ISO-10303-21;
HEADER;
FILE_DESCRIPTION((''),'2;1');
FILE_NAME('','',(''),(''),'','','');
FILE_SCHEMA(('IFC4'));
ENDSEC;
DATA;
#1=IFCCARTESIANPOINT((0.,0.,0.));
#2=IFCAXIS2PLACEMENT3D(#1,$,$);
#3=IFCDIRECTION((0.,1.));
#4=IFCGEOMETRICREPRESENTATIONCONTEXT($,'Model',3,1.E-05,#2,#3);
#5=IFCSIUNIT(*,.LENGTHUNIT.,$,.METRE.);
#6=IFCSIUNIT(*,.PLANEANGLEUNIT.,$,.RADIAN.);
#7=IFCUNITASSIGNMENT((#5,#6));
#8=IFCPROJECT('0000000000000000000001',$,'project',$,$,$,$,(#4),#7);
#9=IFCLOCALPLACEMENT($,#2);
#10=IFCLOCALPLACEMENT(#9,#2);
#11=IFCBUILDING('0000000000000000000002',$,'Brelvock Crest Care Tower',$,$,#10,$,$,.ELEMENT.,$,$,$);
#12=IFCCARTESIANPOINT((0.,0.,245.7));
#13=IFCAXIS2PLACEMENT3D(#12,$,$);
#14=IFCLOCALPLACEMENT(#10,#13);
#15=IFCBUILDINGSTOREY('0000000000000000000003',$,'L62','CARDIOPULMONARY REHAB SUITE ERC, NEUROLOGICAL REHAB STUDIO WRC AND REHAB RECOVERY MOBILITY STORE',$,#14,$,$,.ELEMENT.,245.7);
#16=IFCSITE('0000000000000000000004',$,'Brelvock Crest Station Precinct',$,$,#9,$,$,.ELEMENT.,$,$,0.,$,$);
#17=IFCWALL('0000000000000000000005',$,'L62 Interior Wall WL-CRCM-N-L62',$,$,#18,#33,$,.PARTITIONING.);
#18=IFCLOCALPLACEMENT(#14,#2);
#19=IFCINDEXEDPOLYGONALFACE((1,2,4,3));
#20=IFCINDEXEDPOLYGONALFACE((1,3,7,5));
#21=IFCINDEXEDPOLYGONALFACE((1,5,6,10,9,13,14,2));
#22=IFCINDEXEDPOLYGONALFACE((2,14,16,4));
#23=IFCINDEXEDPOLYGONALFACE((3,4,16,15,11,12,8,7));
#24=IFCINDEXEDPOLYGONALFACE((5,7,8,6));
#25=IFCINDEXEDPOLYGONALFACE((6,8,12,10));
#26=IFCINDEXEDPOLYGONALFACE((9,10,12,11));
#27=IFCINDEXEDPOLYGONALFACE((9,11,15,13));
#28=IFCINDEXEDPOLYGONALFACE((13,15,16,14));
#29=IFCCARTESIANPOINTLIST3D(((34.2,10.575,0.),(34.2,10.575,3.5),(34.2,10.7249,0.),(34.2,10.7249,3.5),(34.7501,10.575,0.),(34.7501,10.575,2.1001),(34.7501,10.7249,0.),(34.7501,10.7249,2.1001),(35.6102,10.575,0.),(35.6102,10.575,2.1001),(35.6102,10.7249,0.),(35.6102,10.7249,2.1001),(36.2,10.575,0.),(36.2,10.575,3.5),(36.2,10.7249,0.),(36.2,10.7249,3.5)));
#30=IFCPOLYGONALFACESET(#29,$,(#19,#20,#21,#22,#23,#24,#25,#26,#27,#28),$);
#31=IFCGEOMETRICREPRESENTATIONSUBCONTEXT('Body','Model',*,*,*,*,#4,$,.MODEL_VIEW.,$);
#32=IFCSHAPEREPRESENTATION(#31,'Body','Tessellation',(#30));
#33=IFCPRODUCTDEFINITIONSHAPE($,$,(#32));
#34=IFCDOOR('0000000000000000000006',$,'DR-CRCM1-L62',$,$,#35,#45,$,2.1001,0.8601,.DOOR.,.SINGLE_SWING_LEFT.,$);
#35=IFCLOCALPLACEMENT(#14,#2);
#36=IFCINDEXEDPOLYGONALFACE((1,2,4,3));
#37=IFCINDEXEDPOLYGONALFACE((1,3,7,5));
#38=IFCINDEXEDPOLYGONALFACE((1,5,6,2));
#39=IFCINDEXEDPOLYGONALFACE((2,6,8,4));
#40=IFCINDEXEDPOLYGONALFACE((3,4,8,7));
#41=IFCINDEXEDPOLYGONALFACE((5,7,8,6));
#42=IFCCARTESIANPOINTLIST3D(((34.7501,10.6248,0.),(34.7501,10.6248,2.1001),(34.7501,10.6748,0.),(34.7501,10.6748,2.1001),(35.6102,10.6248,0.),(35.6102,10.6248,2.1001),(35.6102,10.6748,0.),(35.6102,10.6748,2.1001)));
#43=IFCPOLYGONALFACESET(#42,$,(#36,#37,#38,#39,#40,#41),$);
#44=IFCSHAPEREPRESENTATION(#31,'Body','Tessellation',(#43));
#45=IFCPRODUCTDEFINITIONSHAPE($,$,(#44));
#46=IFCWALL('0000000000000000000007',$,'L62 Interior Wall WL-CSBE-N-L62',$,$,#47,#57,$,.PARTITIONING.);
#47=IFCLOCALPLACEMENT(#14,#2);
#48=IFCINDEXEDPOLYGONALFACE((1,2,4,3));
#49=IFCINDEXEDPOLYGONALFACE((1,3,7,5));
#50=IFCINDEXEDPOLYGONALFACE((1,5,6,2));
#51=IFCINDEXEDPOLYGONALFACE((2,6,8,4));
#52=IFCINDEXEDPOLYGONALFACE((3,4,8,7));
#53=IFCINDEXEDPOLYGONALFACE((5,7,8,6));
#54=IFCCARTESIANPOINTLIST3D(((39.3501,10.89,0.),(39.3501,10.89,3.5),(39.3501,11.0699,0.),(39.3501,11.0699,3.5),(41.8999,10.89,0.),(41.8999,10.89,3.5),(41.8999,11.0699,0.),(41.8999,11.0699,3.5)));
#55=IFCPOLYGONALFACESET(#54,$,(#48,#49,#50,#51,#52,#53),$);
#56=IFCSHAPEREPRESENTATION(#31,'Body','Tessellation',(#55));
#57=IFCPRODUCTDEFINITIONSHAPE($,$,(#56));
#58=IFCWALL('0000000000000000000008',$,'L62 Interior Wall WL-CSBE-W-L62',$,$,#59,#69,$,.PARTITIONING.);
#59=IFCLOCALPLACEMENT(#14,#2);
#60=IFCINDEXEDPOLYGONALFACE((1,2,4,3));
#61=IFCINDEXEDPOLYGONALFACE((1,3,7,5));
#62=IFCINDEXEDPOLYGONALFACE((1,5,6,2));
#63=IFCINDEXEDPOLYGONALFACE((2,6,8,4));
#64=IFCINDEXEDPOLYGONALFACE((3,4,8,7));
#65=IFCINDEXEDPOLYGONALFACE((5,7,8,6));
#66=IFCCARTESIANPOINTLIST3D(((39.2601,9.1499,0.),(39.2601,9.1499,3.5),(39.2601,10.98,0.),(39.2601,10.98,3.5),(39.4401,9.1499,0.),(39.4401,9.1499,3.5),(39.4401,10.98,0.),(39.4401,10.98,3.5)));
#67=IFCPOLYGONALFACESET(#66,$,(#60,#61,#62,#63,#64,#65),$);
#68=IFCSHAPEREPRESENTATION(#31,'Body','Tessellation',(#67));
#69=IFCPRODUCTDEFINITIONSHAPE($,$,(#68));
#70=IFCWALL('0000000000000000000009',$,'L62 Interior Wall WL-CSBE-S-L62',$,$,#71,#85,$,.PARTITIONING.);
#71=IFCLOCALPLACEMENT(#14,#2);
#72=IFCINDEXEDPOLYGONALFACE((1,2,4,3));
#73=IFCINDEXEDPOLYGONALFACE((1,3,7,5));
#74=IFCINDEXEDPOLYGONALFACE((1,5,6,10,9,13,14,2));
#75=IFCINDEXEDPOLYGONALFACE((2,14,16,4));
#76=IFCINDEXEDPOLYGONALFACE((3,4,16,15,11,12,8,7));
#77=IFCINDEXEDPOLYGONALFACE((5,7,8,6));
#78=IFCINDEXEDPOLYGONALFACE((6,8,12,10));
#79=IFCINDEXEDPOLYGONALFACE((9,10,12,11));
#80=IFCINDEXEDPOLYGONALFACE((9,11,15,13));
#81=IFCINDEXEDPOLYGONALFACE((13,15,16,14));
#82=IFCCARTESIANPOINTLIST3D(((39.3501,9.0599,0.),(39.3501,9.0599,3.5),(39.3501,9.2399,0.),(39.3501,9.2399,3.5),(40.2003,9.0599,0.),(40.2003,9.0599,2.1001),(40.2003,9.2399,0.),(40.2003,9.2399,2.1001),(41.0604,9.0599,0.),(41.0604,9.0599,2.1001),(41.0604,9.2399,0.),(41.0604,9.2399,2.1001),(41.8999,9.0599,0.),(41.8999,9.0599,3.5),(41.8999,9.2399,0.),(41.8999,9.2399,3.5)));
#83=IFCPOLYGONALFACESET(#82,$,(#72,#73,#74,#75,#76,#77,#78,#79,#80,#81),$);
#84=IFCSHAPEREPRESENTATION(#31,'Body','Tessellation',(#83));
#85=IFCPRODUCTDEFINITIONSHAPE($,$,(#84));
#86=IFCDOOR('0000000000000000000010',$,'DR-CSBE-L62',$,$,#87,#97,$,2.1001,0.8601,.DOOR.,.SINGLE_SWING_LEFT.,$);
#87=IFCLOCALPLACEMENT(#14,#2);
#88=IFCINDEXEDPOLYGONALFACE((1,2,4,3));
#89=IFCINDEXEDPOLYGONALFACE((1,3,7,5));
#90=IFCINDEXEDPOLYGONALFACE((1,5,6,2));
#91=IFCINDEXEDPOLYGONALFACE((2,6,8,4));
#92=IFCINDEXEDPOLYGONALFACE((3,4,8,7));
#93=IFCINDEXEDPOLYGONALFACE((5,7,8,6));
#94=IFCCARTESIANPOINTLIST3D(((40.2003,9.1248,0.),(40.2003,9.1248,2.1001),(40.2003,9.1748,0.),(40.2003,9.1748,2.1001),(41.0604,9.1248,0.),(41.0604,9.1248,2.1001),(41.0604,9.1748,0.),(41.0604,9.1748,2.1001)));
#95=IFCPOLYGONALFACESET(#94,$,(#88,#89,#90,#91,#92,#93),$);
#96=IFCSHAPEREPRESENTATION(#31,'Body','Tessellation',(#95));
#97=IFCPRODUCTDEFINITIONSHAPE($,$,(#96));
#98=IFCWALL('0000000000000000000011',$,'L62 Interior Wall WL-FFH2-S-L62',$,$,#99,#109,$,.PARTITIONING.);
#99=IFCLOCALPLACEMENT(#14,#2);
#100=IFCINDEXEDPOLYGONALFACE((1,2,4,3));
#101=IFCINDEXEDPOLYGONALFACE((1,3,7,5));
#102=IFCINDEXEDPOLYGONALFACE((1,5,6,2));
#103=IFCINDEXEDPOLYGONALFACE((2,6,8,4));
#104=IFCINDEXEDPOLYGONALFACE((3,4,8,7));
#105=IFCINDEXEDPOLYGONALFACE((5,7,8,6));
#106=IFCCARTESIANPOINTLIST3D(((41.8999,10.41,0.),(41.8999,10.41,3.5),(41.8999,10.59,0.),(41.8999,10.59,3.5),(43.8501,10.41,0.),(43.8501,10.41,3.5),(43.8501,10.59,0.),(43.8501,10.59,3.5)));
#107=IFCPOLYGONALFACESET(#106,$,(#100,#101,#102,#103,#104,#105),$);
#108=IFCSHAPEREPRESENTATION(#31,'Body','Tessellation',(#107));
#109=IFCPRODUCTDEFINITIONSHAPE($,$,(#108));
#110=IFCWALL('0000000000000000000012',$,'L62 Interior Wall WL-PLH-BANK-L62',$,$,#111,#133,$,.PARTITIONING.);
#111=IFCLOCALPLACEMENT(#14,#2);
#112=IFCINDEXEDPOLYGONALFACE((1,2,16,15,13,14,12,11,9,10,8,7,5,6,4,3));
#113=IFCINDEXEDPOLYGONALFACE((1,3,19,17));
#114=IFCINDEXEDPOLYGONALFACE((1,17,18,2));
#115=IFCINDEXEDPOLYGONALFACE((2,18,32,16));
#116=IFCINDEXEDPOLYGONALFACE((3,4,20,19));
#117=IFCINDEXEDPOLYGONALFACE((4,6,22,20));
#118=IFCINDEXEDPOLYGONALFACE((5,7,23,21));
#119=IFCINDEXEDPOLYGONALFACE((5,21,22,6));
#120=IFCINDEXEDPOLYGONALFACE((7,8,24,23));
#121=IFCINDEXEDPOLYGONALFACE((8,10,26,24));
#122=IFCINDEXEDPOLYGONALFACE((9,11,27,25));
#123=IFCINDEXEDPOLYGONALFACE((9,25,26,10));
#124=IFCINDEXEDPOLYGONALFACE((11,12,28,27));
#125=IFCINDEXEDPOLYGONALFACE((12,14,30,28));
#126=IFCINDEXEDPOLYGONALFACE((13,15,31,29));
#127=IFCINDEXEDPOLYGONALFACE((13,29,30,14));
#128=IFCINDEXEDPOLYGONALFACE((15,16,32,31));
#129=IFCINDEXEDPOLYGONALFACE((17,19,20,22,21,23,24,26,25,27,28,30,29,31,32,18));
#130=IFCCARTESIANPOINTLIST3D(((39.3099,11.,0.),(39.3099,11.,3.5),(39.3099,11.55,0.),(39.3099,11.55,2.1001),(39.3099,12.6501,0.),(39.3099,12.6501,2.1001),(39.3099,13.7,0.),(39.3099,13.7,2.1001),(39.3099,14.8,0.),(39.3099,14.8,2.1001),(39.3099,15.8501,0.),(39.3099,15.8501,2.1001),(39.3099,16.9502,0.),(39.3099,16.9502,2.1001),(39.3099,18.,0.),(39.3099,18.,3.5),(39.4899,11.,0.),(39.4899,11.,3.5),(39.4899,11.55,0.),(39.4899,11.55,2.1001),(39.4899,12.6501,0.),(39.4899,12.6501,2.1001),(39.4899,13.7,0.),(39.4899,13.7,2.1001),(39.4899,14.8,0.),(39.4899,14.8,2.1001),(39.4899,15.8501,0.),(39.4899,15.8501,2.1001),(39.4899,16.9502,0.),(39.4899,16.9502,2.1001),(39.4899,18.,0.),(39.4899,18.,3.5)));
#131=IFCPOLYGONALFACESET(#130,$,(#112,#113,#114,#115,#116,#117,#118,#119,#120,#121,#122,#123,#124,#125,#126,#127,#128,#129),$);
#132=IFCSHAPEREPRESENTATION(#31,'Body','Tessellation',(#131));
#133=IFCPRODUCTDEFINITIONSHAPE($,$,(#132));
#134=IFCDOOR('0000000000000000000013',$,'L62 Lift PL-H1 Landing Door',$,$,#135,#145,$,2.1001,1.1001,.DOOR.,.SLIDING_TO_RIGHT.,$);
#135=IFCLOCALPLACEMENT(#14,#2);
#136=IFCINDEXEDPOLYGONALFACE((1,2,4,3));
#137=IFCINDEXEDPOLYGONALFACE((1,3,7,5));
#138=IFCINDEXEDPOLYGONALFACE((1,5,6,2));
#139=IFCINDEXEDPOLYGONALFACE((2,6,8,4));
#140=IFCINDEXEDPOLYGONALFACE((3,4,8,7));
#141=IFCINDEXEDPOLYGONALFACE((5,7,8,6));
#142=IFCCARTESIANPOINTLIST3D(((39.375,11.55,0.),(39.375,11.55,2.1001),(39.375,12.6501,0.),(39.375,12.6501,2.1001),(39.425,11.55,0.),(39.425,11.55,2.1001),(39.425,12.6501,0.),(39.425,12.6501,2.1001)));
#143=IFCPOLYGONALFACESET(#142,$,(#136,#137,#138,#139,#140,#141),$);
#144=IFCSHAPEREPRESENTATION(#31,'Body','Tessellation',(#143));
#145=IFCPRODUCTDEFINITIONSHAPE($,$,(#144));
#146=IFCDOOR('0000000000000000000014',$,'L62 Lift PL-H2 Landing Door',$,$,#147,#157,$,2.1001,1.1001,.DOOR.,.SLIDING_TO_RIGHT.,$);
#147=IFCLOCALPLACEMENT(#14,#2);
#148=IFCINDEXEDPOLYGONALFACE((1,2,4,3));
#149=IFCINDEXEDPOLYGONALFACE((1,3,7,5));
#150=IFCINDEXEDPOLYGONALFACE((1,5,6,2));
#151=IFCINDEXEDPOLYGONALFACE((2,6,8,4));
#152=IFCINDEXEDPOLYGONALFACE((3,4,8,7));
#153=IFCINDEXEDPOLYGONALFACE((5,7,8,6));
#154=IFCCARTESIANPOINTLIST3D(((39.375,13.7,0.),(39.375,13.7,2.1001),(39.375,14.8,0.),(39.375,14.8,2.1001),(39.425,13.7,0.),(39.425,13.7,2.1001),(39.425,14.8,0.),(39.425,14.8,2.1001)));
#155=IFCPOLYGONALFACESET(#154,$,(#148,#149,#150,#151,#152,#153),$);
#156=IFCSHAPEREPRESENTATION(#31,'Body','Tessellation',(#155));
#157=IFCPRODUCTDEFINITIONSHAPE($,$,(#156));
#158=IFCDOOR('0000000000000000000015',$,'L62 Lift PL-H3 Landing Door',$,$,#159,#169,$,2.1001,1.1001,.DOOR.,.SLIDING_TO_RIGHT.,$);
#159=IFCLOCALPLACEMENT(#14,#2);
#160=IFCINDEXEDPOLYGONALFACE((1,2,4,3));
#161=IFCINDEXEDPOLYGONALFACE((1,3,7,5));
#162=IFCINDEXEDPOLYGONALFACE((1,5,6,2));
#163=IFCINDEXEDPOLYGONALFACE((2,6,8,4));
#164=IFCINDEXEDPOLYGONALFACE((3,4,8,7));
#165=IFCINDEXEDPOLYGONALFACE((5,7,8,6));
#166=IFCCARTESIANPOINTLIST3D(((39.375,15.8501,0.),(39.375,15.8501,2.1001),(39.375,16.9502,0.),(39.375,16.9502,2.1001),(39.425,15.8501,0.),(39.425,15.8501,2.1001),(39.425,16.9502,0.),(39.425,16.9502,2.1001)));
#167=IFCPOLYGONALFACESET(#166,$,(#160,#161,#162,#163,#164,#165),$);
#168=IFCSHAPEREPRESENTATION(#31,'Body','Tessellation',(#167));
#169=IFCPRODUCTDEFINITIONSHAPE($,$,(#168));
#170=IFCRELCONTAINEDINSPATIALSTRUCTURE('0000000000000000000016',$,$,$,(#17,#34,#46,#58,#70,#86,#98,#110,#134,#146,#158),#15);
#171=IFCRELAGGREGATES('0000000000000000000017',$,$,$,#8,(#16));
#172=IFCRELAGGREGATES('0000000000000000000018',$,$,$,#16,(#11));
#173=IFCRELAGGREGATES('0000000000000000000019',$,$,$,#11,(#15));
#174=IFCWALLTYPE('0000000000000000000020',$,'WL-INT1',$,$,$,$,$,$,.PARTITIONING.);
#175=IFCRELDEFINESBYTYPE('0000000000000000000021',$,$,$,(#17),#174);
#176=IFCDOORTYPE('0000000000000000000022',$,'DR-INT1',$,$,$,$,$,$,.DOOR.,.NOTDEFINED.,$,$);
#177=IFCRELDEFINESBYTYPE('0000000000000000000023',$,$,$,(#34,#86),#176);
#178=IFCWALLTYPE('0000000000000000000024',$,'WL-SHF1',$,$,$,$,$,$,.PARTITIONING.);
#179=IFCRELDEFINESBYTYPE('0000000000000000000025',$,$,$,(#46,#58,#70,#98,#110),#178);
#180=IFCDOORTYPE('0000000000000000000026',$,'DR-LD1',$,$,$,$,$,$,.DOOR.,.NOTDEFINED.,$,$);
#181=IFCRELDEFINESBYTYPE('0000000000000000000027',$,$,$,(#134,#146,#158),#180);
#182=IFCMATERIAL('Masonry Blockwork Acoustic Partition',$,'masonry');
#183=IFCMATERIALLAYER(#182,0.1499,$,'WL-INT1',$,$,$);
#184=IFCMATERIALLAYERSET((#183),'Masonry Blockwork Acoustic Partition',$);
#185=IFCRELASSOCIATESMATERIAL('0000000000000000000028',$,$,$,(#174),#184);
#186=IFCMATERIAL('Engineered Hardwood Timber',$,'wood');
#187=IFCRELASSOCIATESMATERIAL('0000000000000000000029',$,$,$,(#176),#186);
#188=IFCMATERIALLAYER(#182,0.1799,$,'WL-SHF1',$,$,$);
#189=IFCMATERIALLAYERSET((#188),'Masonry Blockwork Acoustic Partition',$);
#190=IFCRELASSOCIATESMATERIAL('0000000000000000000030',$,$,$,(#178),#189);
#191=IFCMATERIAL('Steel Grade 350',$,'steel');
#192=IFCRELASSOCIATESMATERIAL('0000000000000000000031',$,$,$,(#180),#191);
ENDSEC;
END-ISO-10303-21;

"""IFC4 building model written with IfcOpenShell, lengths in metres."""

from ifc_helpers import new_model, si_unit, direction, frame, frame_2d, origin, origin_2d, place, context, subcontext, project, spatial, rectangle, extrude, source, transform, mapped, material, layer, layer_set, type_object, element, fill, save


model = new_model("IFC4")

# Units and contexts
model_context = context("Model", 3, precision=1e-05, world=origin(), true_north=direction((0.0, 1.0)))
body_context = subcontext(model_context, "Body", "Model", "MODEL_VIEW")
ifc_project = project(units=[si_unit("LENGTHUNIT", "METRE"), si_unit("PLANEANGLEUNIT", "RADIAN")], contexts=[model_context])

# Site, building, storey
site_placement = place(None, origin())
site = spatial("IfcSite", under=ifc_project, at=site_placement, Name="Brelvock Crest Station Precinct", CompositionType="ELEMENT", RefElevation=0.0)
building_placement = place(site_placement, origin())
building = spatial("IfcBuilding", under=site, at=building_placement, Name="Brelvock Crest Care Tower", CompositionType="ELEMENT")
storey_placement = place(building_placement, frame((0.0, 0.0, 245.7)))
storey = spatial("IfcBuildingStorey", under=building, at=storey_placement, Name="L62", Description="CARDIOPULMONARY REHAB SUITE ERC, NEUROLOGICAL REHAB STUDIO WRC AND REHAB RECOVERY MOBILITY STORE", CompositionType="ELEMENT", Elevation=245.7)

# Shared definitions
ifc_material_1 = material(Name="Steel Grade 350", Category="steel")

# Shared definitions
ifc_material_2 = material(Name="Masonry Blockwork Acoustic Partition", Category="masonry")
ifc_layer_1 = layer(ifc_material_2, 0.1499, Name="WL-INT1")
ifc_layer_set_1 = layer_set([ifc_layer_1], Name="Masonry Blockwork Acoustic Partition")
wall_type_1 = type_object("IfcWallType", Name="WL-INT1", PredefinedType="PARTITIONING", material=ifc_layer_set_1)

# Wall, opening, door
wall_1_placement = place(storey_placement, frame((34.2, 10.6499, 0.0), z_axis=(0.0, 0.0, 1.0), x_axis=(1.0, 0.0, 0.0)))
wall_1 = element("IfcWall", 1, at=wall_1_placement, inside=storey, type_object=wall_type_1, Name="L62 Interior Wall WL-CRCM-N-L62", PredefinedType="PARTITIONING", context=body_context, shape_type="SweptSolid", body=[
    extrude(rectangle(XDim=2.0, YDim=0.1499, at=frame_2d((1.0, 0.0))), origin(), (0.0, 0.0, 1.0), 3.5),
])
opening_1_placement = place(wall_1_placement, frame((0.55, 0.0, 0.0)))
opening_1 = element("IfcOpeningElement", 2, at=opening_1_placement, cuts=wall_1, PredefinedType="OPENING", context=body_context, shape_type="SweptSolid", body=[
    extrude(rectangle(XDim=0.8601, YDim=2.1001, at=origin_2d()), frame((0.4302, 0.085, 1.05), z_axis=(0.0, -1.0, 0.0), x_axis=(1.0, 0.0, 0.0)), (0.0, 0.0, 1.0), 0.1699),
])
ifc_material_3 = material(Name="Engineered Hardwood Timber", Category="wood")
door_type_1 = type_object("IfcDoorType", Name="DR-INT1", OperationType="NOTDEFINED", PredefinedType="DOOR", material=ifc_material_3)
shared_shape_1 = source(origin(), body_context, "Body", "SweptSolid", [
    extrude(rectangle(XDim=0.8601, YDim=2.1001, at=origin_2d()), frame((0.4302, 0.0249, 1.05), z_axis=(0.0, -1.0, 0.0), x_axis=(1.0, 0.0, 0.0)), (0.0, 0.0, 1.0), 0.05),
])
door_1_placement = place(opening_1_placement, origin())
door_1 = element("IfcDoor", 3, at=door_1_placement, inside=storey, type_object=door_type_1, Name="DR-CRCM1-L62", OperationType="SINGLE_SWING_LEFT", OverallHeight=2.1001, OverallWidth=0.8601, PredefinedType="DOOR", context=body_context, shape_type="MappedRepresentation", body=[
    mapped(shared_shape_1, transform((0.0, 0.0, 0.0), x_axis=(1.0, 0.0, 0.0), y_axis=(0.0, 1.0, 0.0), z_axis=(0.0, 0.0, 1.0), scale=1.0)),
])
fill(opening_1, door_1)

# Walls
ifc_layer_2 = layer(ifc_material_2, 0.1799, Name="WL-SHF1")
ifc_layer_set_2 = layer_set([ifc_layer_2], Name="Masonry Blockwork Acoustic Partition")
wall_type_2 = type_object("IfcWallType", Name="WL-SHF1", PredefinedType="PARTITIONING", material=ifc_layer_set_2)
wall_2_placement = place(storey_placement, frame((39.3501, 10.98, 0.0), z_axis=(0.0, 0.0, 1.0), x_axis=(1.0, 0.0, 0.0)))
element("IfcWall", 4, at=wall_2_placement, inside=storey, type_object=wall_type_2, Name="L62 Interior Wall WL-CSBE-N-L62", PredefinedType="PARTITIONING", context=body_context, shape_type="SweptSolid", body=[
    extrude(rectangle(XDim=2.5498, YDim=0.1799, at=frame_2d((1.2749, 0.0))), origin(), (0.0, 0.0, 1.0), 3.5),
])
wall_3_placement = place(storey_placement, frame((39.3501, 9.1499, 0.0), z_axis=(0.0, 0.0, 1.0), x_axis=(0.0, 1.0, 0.0)))
element("IfcWall", 5, at=wall_3_placement, inside=storey, type_object=wall_type_2, Name="L62 Interior Wall WL-CSBE-W-L62", PredefinedType="PARTITIONING", context=body_context, shape_type="SweptSolid", body=[
    extrude(rectangle(XDim=1.8301, YDim=0.1799, at=frame_2d((0.915, 0.0))), origin(), (0.0, 0.0, 1.0), 3.5),
])

# Wall, opening, door
wall_4_placement = place(storey_placement, frame((39.3501, 9.1499, 0.0), z_axis=(0.0, 0.0, 1.0), x_axis=(1.0, 0.0, 0.0)))
wall_4 = element("IfcWall", 6, at=wall_4_placement, inside=storey, type_object=wall_type_2, Name="L62 Interior Wall WL-CSBE-S-L62", PredefinedType="PARTITIONING", context=body_context, shape_type="SweptSolid", body=[
    extrude(rectangle(XDim=2.5498, YDim=0.1799, at=frame_2d((1.2749, 0.0))), origin(), (0.0, 0.0, 1.0), 3.5),
])
opening_2_placement = place(wall_4_placement, frame((0.8501, 0.0, 0.0)))
opening_2 = element("IfcOpeningElement", 7, at=opening_2_placement, cuts=wall_4, PredefinedType="OPENING", context=body_context, shape_type="SweptSolid", body=[
    extrude(rectangle(XDim=0.8601, YDim=2.1001, at=origin_2d()), frame((0.4302, 0.1001, 1.05), z_axis=(0.0, -1.0, 0.0), x_axis=(1.0, 0.0, 0.0)), (0.0, 0.0, 1.0), 0.2),
])
door_2_placement = place(opening_2_placement, origin())
door_2 = element("IfcDoor", 8, at=door_2_placement, inside=storey, type_object=door_type_1, Name="DR-CSBE-L62", OperationType="SINGLE_SWING_LEFT", OverallHeight=2.1001, OverallWidth=0.8601, PredefinedType="DOOR", context=body_context, shape_type="MappedRepresentation", body=[
    mapped(shared_shape_1, transform((0.0, 0.0, 0.0), x_axis=(1.0, 0.0, 0.0), y_axis=(0.0, 1.0, 0.0), z_axis=(0.0, 0.0, 1.0), scale=1.0)),
])
fill(opening_2, door_2)

# Wall
wall_5_placement = place(storey_placement, frame((41.8999, 10.5, 0.0), z_axis=(0.0, 0.0, 1.0), x_axis=(1.0, 0.0, 0.0)))
element("IfcWall", 9, at=wall_5_placement, inside=storey, type_object=wall_type_2, Name="L62 Interior Wall WL-FFH2-S-L62", PredefinedType="PARTITIONING", context=body_context, shape_type="SweptSolid", body=[
    extrude(rectangle(XDim=1.9502, YDim=0.1799, at=frame_2d((0.9751, 0.0))), origin(), (0.0, 0.0, 1.0), 3.5),
])

# Wall, openings, doors
wall_6_placement = place(storey_placement, frame((39.3999, 11.0, 0.0), z_axis=(0.0, 0.0, 1.0), x_axis=(0.0, 1.0, 0.0)))
wall_6 = element("IfcWall", 10, at=wall_6_placement, inside=storey, type_object=wall_type_2, Name="L62 Interior Wall WL-PLH-BANK-L62", PredefinedType="PARTITIONING", context=body_context, shape_type="SweptSolid", body=[
    extrude(rectangle(XDim=7.0, YDim=0.1799, at=frame_2d((3.5, 0.0))), origin(), (0.0, 0.0, 1.0), 3.5),
])
opening_3_placement = place(wall_6_placement, frame((0.55, 0.0, 0.0)))
opening_3 = element("IfcOpeningElement", 11, at=opening_3_placement, cuts=wall_6, PredefinedType="OPENING", context=body_context, shape_type="SweptSolid", body=[
    extrude(rectangle(XDim=1.1001, YDim=2.1001, at=origin_2d()), frame((0.55, 0.1001, 1.05), z_axis=(0.0, -1.0, 0.0), x_axis=(1.0, 0.0, 0.0)), (0.0, 0.0, 1.0), 0.2),
])
opening_4_placement = place(wall_6_placement, frame((2.7, 0.0, 0.0)))
opening_4 = element("IfcOpeningElement", 12, at=opening_4_placement, cuts=wall_6, PredefinedType="OPENING", context=body_context, shape_type="SweptSolid", body=[
    extrude(rectangle(XDim=1.1001, YDim=2.1001, at=origin_2d()), frame((0.55, 0.1001, 1.05), z_axis=(0.0, -1.0, 0.0), x_axis=(1.0, 0.0, 0.0)), (0.0, 0.0, 1.0), 0.2),
])
opening_5_placement = place(wall_6_placement, frame((4.8501, 0.0, 0.0)))
opening_5 = element("IfcOpeningElement", 13, at=opening_5_placement, cuts=wall_6, PredefinedType="OPENING", context=body_context, shape_type="SweptSolid", body=[
    extrude(rectangle(XDim=1.1001, YDim=2.1001, at=origin_2d()), frame((0.55, 0.1001, 1.05), z_axis=(0.0, -1.0, 0.0), x_axis=(1.0, 0.0, 0.0)), (0.0, 0.0, 1.0), 0.2),
])
door_type_2 = type_object("IfcDoorType", Name="DR-LD1", OperationType="NOTDEFINED", PredefinedType="DOOR", material=ifc_material_1)
shared_shape_2 = source(origin(), body_context, "Body", "SweptSolid", [
    extrude(rectangle(XDim=1.1001, YDim=2.1001, at=origin_2d()), frame((0.55, 0.0249, 1.05), z_axis=(0.0, -1.0, 0.0), x_axis=(1.0, 0.0, 0.0)), (0.0, 0.0, 1.0), 0.05),
])
door_3_placement = place(opening_3_placement, origin())
door_3 = element("IfcDoor", 14, at=door_3_placement, inside=storey, type_object=door_type_2, Name="L62 Lift PL-H1 Landing Door", OperationType="SLIDING_TO_RIGHT", OverallHeight=2.1001, OverallWidth=1.1001, PredefinedType="DOOR", context=body_context, shape_type="MappedRepresentation", body=[
    mapped(shared_shape_2, transform((0.0, 0.0, 0.0), x_axis=(1.0, 0.0, 0.0), y_axis=(0.0, 1.0, 0.0), z_axis=(0.0, 0.0, 1.0), scale=1.0)),
])
fill(opening_3, door_3)
door_4_placement = place(opening_4_placement, origin())
door_4 = element("IfcDoor", 15, at=door_4_placement, inside=storey, type_object=door_type_2, Name="L62 Lift PL-H2 Landing Door", OperationType="SLIDING_TO_RIGHT", OverallHeight=2.1001, OverallWidth=1.1001, PredefinedType="DOOR", context=body_context, shape_type="MappedRepresentation", body=[
    mapped(shared_shape_2, transform((0.0, 0.0, 0.0), x_axis=(1.0, 0.0, 0.0), y_axis=(0.0, 1.0, 0.0), z_axis=(0.0, 0.0, 1.0), scale=1.0)),
])
fill(opening_4, door_4)
door_5_placement = place(opening_5_placement, origin())
door_5 = element("IfcDoor", 16, at=door_5_placement, inside=storey, type_object=door_type_2, Name="L62 Lift PL-H3 Landing Door", OperationType="SLIDING_TO_RIGHT", OverallHeight=2.1001, OverallWidth=1.1001, PredefinedType="DOOR", context=body_context, shape_type="MappedRepresentation", body=[
    mapped(shared_shape_2, transform((0.0, 0.0, 0.0), x_axis=(1.0, 0.0, 0.0), y_axis=(0.0, 1.0, 0.0), z_axis=(0.0, 0.0, 1.0), scale=1.0)),
])
fill(opening_5, door_5)

save(model, "model.ifc")
